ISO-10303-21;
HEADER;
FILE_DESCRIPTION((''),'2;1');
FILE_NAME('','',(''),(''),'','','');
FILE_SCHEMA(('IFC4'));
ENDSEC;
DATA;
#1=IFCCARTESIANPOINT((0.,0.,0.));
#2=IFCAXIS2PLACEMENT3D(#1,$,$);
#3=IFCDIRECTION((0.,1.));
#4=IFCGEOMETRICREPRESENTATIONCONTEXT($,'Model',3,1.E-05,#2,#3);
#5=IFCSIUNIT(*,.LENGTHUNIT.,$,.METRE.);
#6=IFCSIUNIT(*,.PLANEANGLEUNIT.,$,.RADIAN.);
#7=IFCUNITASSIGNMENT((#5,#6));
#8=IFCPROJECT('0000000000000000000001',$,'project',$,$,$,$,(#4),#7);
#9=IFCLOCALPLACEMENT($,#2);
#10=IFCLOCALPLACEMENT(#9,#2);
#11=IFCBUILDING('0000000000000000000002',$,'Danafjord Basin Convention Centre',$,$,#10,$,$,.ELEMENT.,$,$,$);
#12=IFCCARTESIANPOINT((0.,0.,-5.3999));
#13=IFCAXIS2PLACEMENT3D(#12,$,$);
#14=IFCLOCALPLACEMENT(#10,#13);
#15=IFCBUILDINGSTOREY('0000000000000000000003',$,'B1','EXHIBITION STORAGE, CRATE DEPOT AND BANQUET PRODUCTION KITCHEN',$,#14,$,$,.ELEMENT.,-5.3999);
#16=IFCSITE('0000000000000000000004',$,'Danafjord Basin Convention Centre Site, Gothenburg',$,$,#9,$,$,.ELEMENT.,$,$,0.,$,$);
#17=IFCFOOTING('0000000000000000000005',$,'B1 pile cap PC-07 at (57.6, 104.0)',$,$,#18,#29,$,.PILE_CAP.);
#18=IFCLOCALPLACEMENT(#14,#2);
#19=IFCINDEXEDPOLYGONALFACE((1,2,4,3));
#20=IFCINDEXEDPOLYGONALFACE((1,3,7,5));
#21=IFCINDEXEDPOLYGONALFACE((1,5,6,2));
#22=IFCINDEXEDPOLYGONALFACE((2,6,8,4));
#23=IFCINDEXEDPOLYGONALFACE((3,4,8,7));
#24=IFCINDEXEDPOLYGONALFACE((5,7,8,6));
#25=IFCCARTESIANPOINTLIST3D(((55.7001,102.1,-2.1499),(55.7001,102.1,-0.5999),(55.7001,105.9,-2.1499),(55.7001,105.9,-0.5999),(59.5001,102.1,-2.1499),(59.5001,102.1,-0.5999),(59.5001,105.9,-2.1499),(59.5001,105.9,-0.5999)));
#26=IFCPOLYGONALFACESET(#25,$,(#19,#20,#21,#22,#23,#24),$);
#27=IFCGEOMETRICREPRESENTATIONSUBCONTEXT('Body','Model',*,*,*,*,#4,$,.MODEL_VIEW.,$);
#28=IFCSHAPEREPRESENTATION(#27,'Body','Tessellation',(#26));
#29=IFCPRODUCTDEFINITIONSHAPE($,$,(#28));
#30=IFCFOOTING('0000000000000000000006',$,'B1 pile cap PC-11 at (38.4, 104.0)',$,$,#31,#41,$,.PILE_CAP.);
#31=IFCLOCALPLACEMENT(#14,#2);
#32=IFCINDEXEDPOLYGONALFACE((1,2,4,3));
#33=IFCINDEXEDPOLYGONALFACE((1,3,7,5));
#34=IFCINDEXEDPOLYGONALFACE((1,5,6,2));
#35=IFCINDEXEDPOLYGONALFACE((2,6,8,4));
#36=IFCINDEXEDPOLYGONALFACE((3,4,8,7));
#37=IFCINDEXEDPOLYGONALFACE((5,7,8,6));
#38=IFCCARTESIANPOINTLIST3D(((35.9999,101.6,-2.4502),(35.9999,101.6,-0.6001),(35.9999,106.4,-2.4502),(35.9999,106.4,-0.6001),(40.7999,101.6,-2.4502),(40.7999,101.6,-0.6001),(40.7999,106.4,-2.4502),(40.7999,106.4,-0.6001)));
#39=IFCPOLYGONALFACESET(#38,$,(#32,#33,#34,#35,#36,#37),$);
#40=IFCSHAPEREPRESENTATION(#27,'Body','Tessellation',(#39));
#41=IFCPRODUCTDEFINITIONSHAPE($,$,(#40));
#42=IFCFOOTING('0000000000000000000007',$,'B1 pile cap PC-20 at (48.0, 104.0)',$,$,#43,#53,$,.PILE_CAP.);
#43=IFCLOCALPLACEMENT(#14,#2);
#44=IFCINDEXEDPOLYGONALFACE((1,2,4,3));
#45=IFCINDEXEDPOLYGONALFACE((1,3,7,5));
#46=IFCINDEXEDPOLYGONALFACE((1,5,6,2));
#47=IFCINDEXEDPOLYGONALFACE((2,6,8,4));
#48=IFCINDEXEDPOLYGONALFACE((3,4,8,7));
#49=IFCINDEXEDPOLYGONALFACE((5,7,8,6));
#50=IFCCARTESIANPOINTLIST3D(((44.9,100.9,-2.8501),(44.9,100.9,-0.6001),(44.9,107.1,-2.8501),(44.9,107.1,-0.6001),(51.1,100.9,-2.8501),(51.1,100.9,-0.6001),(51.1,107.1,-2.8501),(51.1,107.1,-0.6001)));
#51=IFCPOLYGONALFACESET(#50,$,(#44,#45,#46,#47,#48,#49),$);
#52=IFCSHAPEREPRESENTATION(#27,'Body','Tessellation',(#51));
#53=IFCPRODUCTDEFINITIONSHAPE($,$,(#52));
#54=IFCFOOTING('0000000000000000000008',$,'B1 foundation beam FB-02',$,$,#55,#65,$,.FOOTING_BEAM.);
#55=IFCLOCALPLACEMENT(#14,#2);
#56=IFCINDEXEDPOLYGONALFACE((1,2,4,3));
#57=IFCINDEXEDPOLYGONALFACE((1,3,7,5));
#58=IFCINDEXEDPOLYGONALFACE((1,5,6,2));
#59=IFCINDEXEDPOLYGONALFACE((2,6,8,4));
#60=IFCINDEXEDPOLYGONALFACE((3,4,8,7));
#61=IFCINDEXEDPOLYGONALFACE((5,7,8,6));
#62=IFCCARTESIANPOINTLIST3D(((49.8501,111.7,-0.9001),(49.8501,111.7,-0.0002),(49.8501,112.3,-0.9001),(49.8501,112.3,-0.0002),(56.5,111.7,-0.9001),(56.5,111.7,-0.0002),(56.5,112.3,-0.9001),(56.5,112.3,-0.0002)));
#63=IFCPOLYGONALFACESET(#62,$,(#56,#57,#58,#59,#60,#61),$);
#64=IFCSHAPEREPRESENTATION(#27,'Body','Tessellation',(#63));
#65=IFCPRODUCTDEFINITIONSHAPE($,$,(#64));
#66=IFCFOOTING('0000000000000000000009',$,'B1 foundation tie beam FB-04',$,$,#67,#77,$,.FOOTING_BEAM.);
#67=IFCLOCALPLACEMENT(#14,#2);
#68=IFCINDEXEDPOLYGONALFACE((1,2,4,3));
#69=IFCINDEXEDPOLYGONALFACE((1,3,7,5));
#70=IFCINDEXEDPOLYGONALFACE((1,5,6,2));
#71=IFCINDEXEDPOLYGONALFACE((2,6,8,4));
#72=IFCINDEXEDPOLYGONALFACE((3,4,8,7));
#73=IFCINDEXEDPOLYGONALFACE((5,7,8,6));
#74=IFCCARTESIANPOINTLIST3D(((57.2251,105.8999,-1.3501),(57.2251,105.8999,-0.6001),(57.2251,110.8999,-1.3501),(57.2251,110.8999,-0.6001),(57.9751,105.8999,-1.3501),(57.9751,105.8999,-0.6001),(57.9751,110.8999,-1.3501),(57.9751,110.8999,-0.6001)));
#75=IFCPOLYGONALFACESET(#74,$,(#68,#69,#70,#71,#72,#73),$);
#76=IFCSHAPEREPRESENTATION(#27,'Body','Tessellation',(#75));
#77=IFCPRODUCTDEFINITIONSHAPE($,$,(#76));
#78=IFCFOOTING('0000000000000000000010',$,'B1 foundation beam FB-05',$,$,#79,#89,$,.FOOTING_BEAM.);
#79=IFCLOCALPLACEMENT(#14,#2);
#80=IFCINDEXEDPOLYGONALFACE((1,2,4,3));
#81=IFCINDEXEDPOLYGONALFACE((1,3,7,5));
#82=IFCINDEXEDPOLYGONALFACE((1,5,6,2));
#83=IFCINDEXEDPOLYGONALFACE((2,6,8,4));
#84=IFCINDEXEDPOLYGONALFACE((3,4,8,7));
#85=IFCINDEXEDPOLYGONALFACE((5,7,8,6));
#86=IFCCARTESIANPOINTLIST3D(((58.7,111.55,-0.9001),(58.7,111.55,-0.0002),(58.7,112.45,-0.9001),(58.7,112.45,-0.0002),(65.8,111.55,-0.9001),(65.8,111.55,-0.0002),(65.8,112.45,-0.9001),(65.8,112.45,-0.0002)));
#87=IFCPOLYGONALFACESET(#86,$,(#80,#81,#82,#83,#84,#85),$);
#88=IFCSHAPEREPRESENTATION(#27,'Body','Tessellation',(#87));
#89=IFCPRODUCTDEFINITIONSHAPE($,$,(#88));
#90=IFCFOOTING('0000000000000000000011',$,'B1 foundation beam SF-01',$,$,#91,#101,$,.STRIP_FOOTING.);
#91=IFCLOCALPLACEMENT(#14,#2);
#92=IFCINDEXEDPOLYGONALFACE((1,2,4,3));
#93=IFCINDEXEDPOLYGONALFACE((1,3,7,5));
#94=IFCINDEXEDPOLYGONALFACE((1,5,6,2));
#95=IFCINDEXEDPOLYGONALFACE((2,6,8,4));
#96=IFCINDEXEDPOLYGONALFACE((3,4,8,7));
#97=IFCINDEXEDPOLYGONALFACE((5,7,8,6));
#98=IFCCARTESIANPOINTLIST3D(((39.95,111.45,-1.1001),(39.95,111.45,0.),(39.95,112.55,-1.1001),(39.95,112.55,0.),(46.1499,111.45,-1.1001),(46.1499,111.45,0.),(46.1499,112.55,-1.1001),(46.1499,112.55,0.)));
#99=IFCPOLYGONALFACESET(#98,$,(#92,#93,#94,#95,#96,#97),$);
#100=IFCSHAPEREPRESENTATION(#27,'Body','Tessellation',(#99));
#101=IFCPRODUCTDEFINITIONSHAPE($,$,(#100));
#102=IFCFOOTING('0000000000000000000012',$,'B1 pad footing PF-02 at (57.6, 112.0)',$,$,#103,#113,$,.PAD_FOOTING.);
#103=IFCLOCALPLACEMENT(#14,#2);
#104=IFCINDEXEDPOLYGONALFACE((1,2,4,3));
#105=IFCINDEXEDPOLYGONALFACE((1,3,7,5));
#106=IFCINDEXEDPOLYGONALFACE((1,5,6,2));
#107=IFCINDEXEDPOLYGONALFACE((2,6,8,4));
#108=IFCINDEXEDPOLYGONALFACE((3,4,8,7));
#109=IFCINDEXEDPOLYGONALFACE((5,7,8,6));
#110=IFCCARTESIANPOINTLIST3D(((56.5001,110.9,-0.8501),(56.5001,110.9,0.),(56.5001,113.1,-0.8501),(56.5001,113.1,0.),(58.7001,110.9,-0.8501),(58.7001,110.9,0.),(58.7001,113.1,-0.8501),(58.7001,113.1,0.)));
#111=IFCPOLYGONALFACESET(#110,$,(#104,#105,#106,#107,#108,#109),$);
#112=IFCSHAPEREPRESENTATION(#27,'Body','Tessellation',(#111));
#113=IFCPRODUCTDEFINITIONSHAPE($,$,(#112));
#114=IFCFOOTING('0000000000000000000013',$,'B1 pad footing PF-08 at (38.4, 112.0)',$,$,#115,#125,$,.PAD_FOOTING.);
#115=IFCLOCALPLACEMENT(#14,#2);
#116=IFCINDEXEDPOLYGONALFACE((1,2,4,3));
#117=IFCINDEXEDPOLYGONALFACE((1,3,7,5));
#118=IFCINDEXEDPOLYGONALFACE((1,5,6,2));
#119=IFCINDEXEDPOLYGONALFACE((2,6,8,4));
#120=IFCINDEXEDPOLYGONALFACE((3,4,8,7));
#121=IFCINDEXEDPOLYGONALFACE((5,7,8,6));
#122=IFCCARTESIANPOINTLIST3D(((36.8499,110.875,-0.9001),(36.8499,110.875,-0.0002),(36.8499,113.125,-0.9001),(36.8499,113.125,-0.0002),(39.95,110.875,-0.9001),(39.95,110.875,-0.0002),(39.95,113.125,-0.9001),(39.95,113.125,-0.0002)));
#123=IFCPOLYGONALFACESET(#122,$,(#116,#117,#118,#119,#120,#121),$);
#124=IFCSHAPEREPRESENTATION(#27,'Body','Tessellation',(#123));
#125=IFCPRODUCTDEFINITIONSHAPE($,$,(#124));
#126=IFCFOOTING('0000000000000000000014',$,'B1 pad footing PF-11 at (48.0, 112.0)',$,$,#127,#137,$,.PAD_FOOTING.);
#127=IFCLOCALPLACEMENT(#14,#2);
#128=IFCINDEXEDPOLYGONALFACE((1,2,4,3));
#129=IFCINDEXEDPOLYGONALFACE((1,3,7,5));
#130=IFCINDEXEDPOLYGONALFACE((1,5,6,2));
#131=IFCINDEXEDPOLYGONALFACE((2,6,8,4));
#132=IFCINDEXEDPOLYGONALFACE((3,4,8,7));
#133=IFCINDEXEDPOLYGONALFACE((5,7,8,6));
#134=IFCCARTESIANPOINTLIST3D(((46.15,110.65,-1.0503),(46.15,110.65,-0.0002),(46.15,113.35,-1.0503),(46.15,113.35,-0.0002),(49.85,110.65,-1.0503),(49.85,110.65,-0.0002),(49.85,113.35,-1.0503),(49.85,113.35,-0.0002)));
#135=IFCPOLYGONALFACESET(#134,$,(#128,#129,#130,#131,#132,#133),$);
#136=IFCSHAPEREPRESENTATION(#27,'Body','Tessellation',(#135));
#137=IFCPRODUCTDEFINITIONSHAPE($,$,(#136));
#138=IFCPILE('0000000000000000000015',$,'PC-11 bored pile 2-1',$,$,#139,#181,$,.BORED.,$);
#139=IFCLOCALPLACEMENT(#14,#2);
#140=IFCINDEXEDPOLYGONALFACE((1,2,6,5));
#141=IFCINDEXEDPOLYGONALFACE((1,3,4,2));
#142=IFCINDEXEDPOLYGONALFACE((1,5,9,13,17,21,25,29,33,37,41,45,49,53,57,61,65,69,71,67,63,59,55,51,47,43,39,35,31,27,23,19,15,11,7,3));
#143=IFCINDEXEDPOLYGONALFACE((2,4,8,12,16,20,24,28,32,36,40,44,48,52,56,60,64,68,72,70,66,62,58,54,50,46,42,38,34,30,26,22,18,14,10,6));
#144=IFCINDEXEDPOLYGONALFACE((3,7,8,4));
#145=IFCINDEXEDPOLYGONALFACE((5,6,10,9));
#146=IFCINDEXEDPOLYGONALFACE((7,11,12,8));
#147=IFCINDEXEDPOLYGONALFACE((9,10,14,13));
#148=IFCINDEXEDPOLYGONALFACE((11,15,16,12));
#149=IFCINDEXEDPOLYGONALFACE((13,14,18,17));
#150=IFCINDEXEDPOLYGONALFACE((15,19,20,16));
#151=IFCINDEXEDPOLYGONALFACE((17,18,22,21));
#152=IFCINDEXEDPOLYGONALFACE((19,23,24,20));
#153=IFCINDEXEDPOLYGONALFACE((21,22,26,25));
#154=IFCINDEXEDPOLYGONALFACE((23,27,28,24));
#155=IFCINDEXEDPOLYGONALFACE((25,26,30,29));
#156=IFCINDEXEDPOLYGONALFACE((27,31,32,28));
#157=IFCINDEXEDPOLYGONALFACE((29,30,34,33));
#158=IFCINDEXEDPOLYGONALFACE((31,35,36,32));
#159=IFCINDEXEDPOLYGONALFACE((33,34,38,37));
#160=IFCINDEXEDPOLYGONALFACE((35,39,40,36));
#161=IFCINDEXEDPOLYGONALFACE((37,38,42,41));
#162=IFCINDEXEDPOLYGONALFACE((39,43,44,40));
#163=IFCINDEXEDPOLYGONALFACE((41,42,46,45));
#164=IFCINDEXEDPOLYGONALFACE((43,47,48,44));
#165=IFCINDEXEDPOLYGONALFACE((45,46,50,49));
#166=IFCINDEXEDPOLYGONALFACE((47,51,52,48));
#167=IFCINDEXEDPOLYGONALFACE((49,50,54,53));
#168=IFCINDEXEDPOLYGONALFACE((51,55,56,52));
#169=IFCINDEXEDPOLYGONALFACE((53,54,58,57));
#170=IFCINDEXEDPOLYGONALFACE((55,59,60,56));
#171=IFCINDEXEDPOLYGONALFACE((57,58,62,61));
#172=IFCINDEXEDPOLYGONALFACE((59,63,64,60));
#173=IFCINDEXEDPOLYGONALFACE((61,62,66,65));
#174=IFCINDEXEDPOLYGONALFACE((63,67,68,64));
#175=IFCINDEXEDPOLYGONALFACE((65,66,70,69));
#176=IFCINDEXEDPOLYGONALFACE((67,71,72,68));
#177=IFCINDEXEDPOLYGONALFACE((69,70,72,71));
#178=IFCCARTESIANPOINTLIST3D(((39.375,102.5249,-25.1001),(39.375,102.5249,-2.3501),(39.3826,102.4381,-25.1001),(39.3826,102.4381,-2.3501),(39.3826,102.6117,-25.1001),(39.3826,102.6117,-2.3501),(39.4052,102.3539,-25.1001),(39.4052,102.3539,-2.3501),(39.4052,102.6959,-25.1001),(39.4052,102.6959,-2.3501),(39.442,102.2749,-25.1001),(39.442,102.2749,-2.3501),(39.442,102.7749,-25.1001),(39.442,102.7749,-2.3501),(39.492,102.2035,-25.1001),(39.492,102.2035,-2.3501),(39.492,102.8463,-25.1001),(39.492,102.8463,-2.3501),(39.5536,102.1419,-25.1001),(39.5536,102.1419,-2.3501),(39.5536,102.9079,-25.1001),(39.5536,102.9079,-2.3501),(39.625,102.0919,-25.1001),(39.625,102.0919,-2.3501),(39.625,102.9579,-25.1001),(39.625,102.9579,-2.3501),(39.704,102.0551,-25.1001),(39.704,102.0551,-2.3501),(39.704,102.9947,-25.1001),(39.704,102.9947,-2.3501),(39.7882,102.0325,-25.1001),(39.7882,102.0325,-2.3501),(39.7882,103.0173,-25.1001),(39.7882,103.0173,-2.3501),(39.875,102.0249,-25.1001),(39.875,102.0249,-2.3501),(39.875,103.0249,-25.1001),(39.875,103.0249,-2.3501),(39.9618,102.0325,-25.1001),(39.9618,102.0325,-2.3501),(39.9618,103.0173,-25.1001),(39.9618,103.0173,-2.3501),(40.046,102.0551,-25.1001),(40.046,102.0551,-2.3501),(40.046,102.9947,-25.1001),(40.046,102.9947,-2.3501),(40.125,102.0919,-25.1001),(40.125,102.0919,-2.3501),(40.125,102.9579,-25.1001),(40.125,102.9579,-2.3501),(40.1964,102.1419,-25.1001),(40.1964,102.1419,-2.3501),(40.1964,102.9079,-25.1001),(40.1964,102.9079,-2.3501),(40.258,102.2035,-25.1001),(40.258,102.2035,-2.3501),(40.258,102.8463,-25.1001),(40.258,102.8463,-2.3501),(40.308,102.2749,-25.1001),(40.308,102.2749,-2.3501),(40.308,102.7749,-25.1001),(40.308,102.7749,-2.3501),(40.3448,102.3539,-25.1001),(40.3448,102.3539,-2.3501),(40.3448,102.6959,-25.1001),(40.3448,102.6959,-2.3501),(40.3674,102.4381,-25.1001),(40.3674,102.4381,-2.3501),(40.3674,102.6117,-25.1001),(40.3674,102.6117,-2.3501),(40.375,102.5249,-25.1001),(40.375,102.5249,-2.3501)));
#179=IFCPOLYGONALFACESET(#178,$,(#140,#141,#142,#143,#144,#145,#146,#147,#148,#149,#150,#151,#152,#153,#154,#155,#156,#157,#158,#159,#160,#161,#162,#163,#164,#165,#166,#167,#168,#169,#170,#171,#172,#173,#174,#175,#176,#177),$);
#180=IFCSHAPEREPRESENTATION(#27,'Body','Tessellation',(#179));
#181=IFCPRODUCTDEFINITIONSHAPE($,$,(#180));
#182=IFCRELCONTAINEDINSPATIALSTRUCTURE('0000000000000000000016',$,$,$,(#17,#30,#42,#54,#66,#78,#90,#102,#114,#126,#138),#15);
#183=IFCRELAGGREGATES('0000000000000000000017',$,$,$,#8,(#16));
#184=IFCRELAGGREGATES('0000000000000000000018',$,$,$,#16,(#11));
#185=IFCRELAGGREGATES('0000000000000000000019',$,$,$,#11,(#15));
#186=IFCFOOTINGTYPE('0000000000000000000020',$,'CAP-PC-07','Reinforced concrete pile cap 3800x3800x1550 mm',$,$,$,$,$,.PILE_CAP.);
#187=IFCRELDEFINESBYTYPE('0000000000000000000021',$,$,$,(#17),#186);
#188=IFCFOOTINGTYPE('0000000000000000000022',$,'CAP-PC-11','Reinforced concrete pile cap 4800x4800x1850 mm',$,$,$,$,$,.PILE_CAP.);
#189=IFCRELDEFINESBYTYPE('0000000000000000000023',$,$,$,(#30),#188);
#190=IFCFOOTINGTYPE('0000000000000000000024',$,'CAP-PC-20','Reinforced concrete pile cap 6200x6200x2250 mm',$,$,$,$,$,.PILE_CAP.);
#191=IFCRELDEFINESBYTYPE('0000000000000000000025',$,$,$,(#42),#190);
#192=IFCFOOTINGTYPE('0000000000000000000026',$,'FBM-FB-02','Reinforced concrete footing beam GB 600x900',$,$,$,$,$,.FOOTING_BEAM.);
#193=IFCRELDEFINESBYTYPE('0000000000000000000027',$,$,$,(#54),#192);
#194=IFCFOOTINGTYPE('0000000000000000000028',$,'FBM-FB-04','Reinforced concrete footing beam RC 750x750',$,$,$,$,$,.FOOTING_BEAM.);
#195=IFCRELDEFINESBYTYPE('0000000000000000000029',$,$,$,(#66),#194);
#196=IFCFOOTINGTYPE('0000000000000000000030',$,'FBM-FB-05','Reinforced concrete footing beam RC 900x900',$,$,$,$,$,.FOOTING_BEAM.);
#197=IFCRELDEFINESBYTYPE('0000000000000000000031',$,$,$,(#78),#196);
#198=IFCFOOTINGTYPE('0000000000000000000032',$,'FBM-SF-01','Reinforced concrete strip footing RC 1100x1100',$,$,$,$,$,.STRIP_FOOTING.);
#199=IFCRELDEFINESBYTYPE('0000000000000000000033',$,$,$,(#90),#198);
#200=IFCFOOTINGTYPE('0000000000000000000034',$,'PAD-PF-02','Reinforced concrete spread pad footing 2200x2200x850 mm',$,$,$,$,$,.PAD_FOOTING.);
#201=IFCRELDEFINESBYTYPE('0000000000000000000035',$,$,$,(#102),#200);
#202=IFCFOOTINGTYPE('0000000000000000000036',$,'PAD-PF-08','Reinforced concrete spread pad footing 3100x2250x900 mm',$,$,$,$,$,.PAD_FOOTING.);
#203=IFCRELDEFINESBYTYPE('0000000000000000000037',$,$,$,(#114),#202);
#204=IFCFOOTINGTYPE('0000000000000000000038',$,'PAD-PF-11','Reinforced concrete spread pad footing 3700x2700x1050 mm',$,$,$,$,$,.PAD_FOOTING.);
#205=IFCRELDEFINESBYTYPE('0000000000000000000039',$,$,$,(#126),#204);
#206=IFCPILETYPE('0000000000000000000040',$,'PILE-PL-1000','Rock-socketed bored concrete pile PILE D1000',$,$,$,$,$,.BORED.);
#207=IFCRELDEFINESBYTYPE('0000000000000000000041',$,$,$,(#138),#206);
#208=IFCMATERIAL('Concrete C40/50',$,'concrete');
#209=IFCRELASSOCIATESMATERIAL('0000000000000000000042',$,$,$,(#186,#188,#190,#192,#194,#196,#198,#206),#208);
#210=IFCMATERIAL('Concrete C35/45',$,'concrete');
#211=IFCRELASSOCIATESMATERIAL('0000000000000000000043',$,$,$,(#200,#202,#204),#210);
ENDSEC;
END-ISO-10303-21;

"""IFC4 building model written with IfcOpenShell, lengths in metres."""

from ifc_helpers import new_model, si_unit, direction, frame, origin, origin_2d, place, context, subcontext, project, spatial, rectangle, circle, extrude, material, material_profile, profile_set, type_object, element, save


model = new_model("IFC4")

# Units and contexts
model_context = context("Model", 3, precision=1e-05, world=origin(), true_north=direction((0.0, 1.0)))
body_context = subcontext(model_context, "Body", "Model", "MODEL_VIEW")
ifc_project = project(units=[si_unit("LENGTHUNIT", "METRE"), si_unit("PLANEANGLEUNIT", "RADIAN")], contexts=[model_context])

# Site, building, storey
site_placement = place(None, origin())
site = spatial("IfcSite", under=ifc_project, at=site_placement, Name="Danafjord Basin Convention Centre Site, Gothenburg", CompositionType="ELEMENT", RefElevation=0.0)
building_placement = place(site_placement, origin())
building = spatial("IfcBuilding", under=site, at=building_placement, Name="Danafjord Basin Convention Centre", CompositionType="ELEMENT")
storey_placement = place(building_placement, frame((0.0, 0.0, -5.3999)))
storey = spatial("IfcBuildingStorey", under=building, at=storey_placement, Name="B1", Description="EXHIBITION STORAGE, CRATE DEPOT AND BANQUET PRODUCTION KITCHEN", CompositionType="ELEMENT", Elevation=-5.3999)

# Footings
ifc_material_1 = material(Name="Concrete C40/50", Category="concrete")
footing_type_1 = type_object("IfcFootingType", Name="CAP-PC-07", Description="Reinforced concrete pile cap 3800x3800x1550 mm", PredefinedType="PILE_CAP", material=ifc_material_1)
footing_1_placement = place(storey_placement, frame((57.6001, 104.0, -2.1499), z_axis=(0.0, 0.0, 1.0), x_axis=(1.0, 0.0, 0.0)))
element("IfcFooting", 1, at=footing_1_placement, inside=storey, type_object=footing_type_1, Name="B1 pile cap PC-07 at (57.6, 104.0)", PredefinedType="PILE_CAP", context=body_context, shape_type="SweptSolid", body=[
    extrude(rectangle(XDim=3.8, YDim=3.8, at=origin_2d()), origin(), (0.0, 0.0, 1.0), 1.55),
])
footing_type_2 = type_object("IfcFootingType", Name="CAP-PC-11", Description="Reinforced concrete pile cap 4800x4800x1850 mm", PredefinedType="PILE_CAP", material=ifc_material_1)
footing_2_placement = place(storey_placement, frame((38.3999, 104.0, -2.4502), z_axis=(0.0, 0.0, 1.0), x_axis=(1.0, 0.0, 0.0)))
element("IfcFooting", 2, at=footing_2_placement, inside=storey, type_object=footing_type_2, Name="B1 pile cap PC-11 at (38.4, 104.0)", PredefinedType="PILE_CAP", context=body_context, shape_type="SweptSolid", body=[
    extrude(rectangle(XDim=4.8, YDim=4.8, at=origin_2d()), origin(), (0.0, 0.0, 1.0), 1.8501),
])
footing_type_3 = type_object("IfcFootingType", Name="CAP-PC-20", Description="Reinforced concrete pile cap 6200x6200x2250 mm", PredefinedType="PILE_CAP", material=ifc_material_1)
footing_3_placement = place(storey_placement, frame((48.0, 104.0, -2.8501), z_axis=(0.0, 0.0, 1.0), x_axis=(1.0, 0.0, 0.0)))
element("IfcFooting", 3, at=footing_3_placement, inside=storey, type_object=footing_type_3, Name="B1 pile cap PC-20 at (48.0, 104.0)", PredefinedType="PILE_CAP", context=body_context, shape_type="SweptSolid", body=[
    extrude(rectangle(XDim=6.2, YDim=6.2, at=origin_2d()), origin(), (0.0, 0.0, 1.0), 2.25),
])
ifc_material_profile_1 = material_profile(ifc_material_1, rectangle(XDim=0.6001, YDim=0.8999, at=origin_2d()), Name="GB 600x900")
ifc_profile_set_1 = profile_set([ifc_material_profile_1], Name="Concrete C40/50")
footing_type_4 = type_object("IfcFootingType", Name="FBM-FB-02", Description="Reinforced concrete footing beam GB 600x900", PredefinedType="FOOTING_BEAM", material=ifc_profile_set_1)
footing_4_placement = place(storey_placement, frame((49.8501, 112.0, -0.4502), z_axis=(1.0, 0.0, 0.0), x_axis=(0.0, 1.0, 0.0)))
element("IfcFooting", 4, at=footing_4_placement, inside=storey, type_object=footing_type_4, Name="B1 foundation beam FB-02", PredefinedType="FOOTING_BEAM", context=body_context, shape_type="SweptSolid", body=[
    extrude(rectangle(XDim=0.6001, YDim=0.8999, at=origin_2d()), origin(), (0.0, 0.0, 1.0), 6.6499),
])
ifc_material_profile_2 = material_profile(ifc_material_1, rectangle(XDim=0.75, YDim=0.75, at=origin_2d()), Name="RC 750x750")
ifc_profile_set_2 = profile_set([ifc_material_profile_2], Name="Concrete C40/50")
footing_type_5 = type_object("IfcFootingType", Name="FBM-FB-04", Description="Reinforced concrete footing beam RC 750x750", PredefinedType="FOOTING_BEAM", material=ifc_profile_set_2)
footing_5_placement = place(storey_placement, frame((57.6001, 105.8999, -0.9751), z_axis=(0.0, 1.0, 0.0), x_axis=(-1.0, 0.0, 0.0)))
element("IfcFooting", 5, at=footing_5_placement, inside=storey, type_object=footing_type_5, Name="B1 foundation tie beam FB-04", PredefinedType="FOOTING_BEAM", context=body_context, shape_type="SweptSolid", body=[
    extrude(rectangle(XDim=0.75, YDim=0.75, at=origin_2d()), origin(), (0.0, 0.0, 1.0), 5.0),
])
ifc_material_profile_3 = material_profile(ifc_material_1, rectangle(XDim=0.8999, YDim=0.8999, at=origin_2d()), Name="RC 900x900")
ifc_profile_set_3 = profile_set([ifc_material_profile_3], Name="Concrete C40/50")
footing_type_6 = type_object("IfcFootingType", Name="FBM-FB-05", Description="Reinforced concrete footing beam RC 900x900", PredefinedType="FOOTING_BEAM", material=ifc_profile_set_3)
footing_6_placement = place(storey_placement, frame((58.7, 112.0, -0.4502), z_axis=(1.0, 0.0, 0.0), x_axis=(0.0, 1.0, 0.0)))
element("IfcFooting", 6, at=footing_6_placement, inside=storey, type_object=footing_type_6, Name="B1 foundation beam FB-05", PredefinedType="FOOTING_BEAM", context=body_context, shape_type="SweptSolid", body=[
    extrude(rectangle(XDim=0.8999, YDim=0.8999, at=origin_2d()), origin(), (0.0, 0.0, 1.0), 7.1001),
])
ifc_material_profile_4 = material_profile(ifc_material_1, rectangle(XDim=1.1001, YDim=1.1001, at=origin_2d()), Name="RC 1100x1100")
ifc_profile_set_4 = profile_set([ifc_material_profile_4], Name="Concrete C40/50")
footing_type_7 = type_object("IfcFootingType", Name="FBM-SF-01", Description="Reinforced concrete strip footing RC 1100x1100", PredefinedType="STRIP_FOOTING", material=ifc_profile_set_4)
footing_7_placement = place(storey_placement, frame((39.95, 112.0, -0.55), z_axis=(1.0, 0.0, 0.0), x_axis=(0.0, 1.0, 0.0)))
element("IfcFooting", 7, at=footing_7_placement, inside=storey, type_object=footing_type_7, Name="B1 foundation beam SF-01", PredefinedType="STRIP_FOOTING", context=body_context, shape_type="SweptSolid", body=[
    extrude(rectangle(XDim=1.1001, YDim=1.1001, at=origin_2d()), origin(), (0.0, 0.0, 1.0), 6.2),
])
ifc_material_2 = material(Name="Concrete C35/45", Category="concrete")
footing_type_8 = type_object("IfcFootingType", Name="PAD-PF-02", Description="Reinforced concrete spread pad footing 2200x2200x850 mm", PredefinedType="PAD_FOOTING", material=ifc_material_2)
footing_8_placement = place(storey_placement, frame((57.6001, 112.0, -0.8501), z_axis=(0.0, 0.0, 1.0), x_axis=(1.0, 0.0, 0.0)))
element("IfcFooting", 8, at=footing_8_placement, inside=storey, type_object=footing_type_8, Name="B1 pad footing PF-02 at (57.6, 112.0)", PredefinedType="PAD_FOOTING", context=body_context, shape_type="SweptSolid", body=[
    extrude(rectangle(XDim=2.2, YDim=2.2, at=origin_2d()), origin(), (0.0, 0.0, 1.0), 0.8501),
])
footing_type_9 = type_object("IfcFootingType", Name="PAD-PF-08", Description="Reinforced concrete spread pad footing 3100x2250x900 mm", PredefinedType="PAD_FOOTING", material=ifc_material_2)
footing_9_placement = place(storey_placement, frame((38.3999, 112.0, -0.9001), z_axis=(0.0, 0.0, 1.0), x_axis=(1.0, 0.0, 0.0)))
element("IfcFooting", 9, at=footing_9_placement, inside=storey, type_object=footing_type_9, Name="B1 pad footing PF-08 at (38.4, 112.0)", PredefinedType="PAD_FOOTING", context=body_context, shape_type="SweptSolid", body=[
    extrude(rectangle(XDim=3.1001, YDim=2.25, at=origin_2d()), origin(), (0.0, 0.0, 1.0), 0.8999),
])
footing_type_10 = type_object("IfcFootingType", Name="PAD-PF-11", Description="Reinforced concrete spread pad footing 3700x2700x1050 mm", PredefinedType="PAD_FOOTING", material=ifc_material_2)
footing_10_placement = place(storey_placement, frame((48.0, 112.0, -1.0503), z_axis=(0.0, 0.0, 1.0), x_axis=(1.0, 0.0, 0.0)))
element("IfcFooting", 10, at=footing_10_placement, inside=storey, type_object=footing_type_10, Name="B1 pad footing PF-11 at (48.0, 112.0)", PredefinedType="PAD_FOOTING", context=body_context, shape_type="SweptSolid", body=[
    extrude(rectangle(XDim=3.7, YDim=2.7, at=origin_2d()), origin(), (0.0, 0.0, 1.0), 1.05),
])

# Pile
ifc_material_profile_5 = material_profile(ifc_material_1, circle(Radius=0.5, at=origin_2d()), Name="PILE D1000")
ifc_profile_set_5 = profile_set([ifc_material_profile_5], Name="Concrete C40/50")
pile_type_1 = type_object("IfcPileType", Name="PILE-PL-1000", Description="Rock-socketed bored concrete pile PILE D1000", PredefinedType="BORED", material=ifc_profile_set_5)
for number, where, z_axis, x_axis, name in (
    (11, (39.875, 102.5249, -2.3501), (0.0, 0.0, -1.0), (1.0, 0.0, 0.0), "PC-11 bored pile 2-1"),
):
    element("IfcPile", number, at=place(storey_placement, frame(where, z_axis=z_axis, x_axis=x_axis)), inside=storey, type_object=pile_type_1, Name=name, PredefinedType="BORED", context=body_context, shape_type="SweptSolid", body=[
        extrude(circle(Radius=0.5, at=origin_2d()), origin(), (0.0, 0.0, 1.0), 22.75),
    ])

save(model, "model.ifc")
